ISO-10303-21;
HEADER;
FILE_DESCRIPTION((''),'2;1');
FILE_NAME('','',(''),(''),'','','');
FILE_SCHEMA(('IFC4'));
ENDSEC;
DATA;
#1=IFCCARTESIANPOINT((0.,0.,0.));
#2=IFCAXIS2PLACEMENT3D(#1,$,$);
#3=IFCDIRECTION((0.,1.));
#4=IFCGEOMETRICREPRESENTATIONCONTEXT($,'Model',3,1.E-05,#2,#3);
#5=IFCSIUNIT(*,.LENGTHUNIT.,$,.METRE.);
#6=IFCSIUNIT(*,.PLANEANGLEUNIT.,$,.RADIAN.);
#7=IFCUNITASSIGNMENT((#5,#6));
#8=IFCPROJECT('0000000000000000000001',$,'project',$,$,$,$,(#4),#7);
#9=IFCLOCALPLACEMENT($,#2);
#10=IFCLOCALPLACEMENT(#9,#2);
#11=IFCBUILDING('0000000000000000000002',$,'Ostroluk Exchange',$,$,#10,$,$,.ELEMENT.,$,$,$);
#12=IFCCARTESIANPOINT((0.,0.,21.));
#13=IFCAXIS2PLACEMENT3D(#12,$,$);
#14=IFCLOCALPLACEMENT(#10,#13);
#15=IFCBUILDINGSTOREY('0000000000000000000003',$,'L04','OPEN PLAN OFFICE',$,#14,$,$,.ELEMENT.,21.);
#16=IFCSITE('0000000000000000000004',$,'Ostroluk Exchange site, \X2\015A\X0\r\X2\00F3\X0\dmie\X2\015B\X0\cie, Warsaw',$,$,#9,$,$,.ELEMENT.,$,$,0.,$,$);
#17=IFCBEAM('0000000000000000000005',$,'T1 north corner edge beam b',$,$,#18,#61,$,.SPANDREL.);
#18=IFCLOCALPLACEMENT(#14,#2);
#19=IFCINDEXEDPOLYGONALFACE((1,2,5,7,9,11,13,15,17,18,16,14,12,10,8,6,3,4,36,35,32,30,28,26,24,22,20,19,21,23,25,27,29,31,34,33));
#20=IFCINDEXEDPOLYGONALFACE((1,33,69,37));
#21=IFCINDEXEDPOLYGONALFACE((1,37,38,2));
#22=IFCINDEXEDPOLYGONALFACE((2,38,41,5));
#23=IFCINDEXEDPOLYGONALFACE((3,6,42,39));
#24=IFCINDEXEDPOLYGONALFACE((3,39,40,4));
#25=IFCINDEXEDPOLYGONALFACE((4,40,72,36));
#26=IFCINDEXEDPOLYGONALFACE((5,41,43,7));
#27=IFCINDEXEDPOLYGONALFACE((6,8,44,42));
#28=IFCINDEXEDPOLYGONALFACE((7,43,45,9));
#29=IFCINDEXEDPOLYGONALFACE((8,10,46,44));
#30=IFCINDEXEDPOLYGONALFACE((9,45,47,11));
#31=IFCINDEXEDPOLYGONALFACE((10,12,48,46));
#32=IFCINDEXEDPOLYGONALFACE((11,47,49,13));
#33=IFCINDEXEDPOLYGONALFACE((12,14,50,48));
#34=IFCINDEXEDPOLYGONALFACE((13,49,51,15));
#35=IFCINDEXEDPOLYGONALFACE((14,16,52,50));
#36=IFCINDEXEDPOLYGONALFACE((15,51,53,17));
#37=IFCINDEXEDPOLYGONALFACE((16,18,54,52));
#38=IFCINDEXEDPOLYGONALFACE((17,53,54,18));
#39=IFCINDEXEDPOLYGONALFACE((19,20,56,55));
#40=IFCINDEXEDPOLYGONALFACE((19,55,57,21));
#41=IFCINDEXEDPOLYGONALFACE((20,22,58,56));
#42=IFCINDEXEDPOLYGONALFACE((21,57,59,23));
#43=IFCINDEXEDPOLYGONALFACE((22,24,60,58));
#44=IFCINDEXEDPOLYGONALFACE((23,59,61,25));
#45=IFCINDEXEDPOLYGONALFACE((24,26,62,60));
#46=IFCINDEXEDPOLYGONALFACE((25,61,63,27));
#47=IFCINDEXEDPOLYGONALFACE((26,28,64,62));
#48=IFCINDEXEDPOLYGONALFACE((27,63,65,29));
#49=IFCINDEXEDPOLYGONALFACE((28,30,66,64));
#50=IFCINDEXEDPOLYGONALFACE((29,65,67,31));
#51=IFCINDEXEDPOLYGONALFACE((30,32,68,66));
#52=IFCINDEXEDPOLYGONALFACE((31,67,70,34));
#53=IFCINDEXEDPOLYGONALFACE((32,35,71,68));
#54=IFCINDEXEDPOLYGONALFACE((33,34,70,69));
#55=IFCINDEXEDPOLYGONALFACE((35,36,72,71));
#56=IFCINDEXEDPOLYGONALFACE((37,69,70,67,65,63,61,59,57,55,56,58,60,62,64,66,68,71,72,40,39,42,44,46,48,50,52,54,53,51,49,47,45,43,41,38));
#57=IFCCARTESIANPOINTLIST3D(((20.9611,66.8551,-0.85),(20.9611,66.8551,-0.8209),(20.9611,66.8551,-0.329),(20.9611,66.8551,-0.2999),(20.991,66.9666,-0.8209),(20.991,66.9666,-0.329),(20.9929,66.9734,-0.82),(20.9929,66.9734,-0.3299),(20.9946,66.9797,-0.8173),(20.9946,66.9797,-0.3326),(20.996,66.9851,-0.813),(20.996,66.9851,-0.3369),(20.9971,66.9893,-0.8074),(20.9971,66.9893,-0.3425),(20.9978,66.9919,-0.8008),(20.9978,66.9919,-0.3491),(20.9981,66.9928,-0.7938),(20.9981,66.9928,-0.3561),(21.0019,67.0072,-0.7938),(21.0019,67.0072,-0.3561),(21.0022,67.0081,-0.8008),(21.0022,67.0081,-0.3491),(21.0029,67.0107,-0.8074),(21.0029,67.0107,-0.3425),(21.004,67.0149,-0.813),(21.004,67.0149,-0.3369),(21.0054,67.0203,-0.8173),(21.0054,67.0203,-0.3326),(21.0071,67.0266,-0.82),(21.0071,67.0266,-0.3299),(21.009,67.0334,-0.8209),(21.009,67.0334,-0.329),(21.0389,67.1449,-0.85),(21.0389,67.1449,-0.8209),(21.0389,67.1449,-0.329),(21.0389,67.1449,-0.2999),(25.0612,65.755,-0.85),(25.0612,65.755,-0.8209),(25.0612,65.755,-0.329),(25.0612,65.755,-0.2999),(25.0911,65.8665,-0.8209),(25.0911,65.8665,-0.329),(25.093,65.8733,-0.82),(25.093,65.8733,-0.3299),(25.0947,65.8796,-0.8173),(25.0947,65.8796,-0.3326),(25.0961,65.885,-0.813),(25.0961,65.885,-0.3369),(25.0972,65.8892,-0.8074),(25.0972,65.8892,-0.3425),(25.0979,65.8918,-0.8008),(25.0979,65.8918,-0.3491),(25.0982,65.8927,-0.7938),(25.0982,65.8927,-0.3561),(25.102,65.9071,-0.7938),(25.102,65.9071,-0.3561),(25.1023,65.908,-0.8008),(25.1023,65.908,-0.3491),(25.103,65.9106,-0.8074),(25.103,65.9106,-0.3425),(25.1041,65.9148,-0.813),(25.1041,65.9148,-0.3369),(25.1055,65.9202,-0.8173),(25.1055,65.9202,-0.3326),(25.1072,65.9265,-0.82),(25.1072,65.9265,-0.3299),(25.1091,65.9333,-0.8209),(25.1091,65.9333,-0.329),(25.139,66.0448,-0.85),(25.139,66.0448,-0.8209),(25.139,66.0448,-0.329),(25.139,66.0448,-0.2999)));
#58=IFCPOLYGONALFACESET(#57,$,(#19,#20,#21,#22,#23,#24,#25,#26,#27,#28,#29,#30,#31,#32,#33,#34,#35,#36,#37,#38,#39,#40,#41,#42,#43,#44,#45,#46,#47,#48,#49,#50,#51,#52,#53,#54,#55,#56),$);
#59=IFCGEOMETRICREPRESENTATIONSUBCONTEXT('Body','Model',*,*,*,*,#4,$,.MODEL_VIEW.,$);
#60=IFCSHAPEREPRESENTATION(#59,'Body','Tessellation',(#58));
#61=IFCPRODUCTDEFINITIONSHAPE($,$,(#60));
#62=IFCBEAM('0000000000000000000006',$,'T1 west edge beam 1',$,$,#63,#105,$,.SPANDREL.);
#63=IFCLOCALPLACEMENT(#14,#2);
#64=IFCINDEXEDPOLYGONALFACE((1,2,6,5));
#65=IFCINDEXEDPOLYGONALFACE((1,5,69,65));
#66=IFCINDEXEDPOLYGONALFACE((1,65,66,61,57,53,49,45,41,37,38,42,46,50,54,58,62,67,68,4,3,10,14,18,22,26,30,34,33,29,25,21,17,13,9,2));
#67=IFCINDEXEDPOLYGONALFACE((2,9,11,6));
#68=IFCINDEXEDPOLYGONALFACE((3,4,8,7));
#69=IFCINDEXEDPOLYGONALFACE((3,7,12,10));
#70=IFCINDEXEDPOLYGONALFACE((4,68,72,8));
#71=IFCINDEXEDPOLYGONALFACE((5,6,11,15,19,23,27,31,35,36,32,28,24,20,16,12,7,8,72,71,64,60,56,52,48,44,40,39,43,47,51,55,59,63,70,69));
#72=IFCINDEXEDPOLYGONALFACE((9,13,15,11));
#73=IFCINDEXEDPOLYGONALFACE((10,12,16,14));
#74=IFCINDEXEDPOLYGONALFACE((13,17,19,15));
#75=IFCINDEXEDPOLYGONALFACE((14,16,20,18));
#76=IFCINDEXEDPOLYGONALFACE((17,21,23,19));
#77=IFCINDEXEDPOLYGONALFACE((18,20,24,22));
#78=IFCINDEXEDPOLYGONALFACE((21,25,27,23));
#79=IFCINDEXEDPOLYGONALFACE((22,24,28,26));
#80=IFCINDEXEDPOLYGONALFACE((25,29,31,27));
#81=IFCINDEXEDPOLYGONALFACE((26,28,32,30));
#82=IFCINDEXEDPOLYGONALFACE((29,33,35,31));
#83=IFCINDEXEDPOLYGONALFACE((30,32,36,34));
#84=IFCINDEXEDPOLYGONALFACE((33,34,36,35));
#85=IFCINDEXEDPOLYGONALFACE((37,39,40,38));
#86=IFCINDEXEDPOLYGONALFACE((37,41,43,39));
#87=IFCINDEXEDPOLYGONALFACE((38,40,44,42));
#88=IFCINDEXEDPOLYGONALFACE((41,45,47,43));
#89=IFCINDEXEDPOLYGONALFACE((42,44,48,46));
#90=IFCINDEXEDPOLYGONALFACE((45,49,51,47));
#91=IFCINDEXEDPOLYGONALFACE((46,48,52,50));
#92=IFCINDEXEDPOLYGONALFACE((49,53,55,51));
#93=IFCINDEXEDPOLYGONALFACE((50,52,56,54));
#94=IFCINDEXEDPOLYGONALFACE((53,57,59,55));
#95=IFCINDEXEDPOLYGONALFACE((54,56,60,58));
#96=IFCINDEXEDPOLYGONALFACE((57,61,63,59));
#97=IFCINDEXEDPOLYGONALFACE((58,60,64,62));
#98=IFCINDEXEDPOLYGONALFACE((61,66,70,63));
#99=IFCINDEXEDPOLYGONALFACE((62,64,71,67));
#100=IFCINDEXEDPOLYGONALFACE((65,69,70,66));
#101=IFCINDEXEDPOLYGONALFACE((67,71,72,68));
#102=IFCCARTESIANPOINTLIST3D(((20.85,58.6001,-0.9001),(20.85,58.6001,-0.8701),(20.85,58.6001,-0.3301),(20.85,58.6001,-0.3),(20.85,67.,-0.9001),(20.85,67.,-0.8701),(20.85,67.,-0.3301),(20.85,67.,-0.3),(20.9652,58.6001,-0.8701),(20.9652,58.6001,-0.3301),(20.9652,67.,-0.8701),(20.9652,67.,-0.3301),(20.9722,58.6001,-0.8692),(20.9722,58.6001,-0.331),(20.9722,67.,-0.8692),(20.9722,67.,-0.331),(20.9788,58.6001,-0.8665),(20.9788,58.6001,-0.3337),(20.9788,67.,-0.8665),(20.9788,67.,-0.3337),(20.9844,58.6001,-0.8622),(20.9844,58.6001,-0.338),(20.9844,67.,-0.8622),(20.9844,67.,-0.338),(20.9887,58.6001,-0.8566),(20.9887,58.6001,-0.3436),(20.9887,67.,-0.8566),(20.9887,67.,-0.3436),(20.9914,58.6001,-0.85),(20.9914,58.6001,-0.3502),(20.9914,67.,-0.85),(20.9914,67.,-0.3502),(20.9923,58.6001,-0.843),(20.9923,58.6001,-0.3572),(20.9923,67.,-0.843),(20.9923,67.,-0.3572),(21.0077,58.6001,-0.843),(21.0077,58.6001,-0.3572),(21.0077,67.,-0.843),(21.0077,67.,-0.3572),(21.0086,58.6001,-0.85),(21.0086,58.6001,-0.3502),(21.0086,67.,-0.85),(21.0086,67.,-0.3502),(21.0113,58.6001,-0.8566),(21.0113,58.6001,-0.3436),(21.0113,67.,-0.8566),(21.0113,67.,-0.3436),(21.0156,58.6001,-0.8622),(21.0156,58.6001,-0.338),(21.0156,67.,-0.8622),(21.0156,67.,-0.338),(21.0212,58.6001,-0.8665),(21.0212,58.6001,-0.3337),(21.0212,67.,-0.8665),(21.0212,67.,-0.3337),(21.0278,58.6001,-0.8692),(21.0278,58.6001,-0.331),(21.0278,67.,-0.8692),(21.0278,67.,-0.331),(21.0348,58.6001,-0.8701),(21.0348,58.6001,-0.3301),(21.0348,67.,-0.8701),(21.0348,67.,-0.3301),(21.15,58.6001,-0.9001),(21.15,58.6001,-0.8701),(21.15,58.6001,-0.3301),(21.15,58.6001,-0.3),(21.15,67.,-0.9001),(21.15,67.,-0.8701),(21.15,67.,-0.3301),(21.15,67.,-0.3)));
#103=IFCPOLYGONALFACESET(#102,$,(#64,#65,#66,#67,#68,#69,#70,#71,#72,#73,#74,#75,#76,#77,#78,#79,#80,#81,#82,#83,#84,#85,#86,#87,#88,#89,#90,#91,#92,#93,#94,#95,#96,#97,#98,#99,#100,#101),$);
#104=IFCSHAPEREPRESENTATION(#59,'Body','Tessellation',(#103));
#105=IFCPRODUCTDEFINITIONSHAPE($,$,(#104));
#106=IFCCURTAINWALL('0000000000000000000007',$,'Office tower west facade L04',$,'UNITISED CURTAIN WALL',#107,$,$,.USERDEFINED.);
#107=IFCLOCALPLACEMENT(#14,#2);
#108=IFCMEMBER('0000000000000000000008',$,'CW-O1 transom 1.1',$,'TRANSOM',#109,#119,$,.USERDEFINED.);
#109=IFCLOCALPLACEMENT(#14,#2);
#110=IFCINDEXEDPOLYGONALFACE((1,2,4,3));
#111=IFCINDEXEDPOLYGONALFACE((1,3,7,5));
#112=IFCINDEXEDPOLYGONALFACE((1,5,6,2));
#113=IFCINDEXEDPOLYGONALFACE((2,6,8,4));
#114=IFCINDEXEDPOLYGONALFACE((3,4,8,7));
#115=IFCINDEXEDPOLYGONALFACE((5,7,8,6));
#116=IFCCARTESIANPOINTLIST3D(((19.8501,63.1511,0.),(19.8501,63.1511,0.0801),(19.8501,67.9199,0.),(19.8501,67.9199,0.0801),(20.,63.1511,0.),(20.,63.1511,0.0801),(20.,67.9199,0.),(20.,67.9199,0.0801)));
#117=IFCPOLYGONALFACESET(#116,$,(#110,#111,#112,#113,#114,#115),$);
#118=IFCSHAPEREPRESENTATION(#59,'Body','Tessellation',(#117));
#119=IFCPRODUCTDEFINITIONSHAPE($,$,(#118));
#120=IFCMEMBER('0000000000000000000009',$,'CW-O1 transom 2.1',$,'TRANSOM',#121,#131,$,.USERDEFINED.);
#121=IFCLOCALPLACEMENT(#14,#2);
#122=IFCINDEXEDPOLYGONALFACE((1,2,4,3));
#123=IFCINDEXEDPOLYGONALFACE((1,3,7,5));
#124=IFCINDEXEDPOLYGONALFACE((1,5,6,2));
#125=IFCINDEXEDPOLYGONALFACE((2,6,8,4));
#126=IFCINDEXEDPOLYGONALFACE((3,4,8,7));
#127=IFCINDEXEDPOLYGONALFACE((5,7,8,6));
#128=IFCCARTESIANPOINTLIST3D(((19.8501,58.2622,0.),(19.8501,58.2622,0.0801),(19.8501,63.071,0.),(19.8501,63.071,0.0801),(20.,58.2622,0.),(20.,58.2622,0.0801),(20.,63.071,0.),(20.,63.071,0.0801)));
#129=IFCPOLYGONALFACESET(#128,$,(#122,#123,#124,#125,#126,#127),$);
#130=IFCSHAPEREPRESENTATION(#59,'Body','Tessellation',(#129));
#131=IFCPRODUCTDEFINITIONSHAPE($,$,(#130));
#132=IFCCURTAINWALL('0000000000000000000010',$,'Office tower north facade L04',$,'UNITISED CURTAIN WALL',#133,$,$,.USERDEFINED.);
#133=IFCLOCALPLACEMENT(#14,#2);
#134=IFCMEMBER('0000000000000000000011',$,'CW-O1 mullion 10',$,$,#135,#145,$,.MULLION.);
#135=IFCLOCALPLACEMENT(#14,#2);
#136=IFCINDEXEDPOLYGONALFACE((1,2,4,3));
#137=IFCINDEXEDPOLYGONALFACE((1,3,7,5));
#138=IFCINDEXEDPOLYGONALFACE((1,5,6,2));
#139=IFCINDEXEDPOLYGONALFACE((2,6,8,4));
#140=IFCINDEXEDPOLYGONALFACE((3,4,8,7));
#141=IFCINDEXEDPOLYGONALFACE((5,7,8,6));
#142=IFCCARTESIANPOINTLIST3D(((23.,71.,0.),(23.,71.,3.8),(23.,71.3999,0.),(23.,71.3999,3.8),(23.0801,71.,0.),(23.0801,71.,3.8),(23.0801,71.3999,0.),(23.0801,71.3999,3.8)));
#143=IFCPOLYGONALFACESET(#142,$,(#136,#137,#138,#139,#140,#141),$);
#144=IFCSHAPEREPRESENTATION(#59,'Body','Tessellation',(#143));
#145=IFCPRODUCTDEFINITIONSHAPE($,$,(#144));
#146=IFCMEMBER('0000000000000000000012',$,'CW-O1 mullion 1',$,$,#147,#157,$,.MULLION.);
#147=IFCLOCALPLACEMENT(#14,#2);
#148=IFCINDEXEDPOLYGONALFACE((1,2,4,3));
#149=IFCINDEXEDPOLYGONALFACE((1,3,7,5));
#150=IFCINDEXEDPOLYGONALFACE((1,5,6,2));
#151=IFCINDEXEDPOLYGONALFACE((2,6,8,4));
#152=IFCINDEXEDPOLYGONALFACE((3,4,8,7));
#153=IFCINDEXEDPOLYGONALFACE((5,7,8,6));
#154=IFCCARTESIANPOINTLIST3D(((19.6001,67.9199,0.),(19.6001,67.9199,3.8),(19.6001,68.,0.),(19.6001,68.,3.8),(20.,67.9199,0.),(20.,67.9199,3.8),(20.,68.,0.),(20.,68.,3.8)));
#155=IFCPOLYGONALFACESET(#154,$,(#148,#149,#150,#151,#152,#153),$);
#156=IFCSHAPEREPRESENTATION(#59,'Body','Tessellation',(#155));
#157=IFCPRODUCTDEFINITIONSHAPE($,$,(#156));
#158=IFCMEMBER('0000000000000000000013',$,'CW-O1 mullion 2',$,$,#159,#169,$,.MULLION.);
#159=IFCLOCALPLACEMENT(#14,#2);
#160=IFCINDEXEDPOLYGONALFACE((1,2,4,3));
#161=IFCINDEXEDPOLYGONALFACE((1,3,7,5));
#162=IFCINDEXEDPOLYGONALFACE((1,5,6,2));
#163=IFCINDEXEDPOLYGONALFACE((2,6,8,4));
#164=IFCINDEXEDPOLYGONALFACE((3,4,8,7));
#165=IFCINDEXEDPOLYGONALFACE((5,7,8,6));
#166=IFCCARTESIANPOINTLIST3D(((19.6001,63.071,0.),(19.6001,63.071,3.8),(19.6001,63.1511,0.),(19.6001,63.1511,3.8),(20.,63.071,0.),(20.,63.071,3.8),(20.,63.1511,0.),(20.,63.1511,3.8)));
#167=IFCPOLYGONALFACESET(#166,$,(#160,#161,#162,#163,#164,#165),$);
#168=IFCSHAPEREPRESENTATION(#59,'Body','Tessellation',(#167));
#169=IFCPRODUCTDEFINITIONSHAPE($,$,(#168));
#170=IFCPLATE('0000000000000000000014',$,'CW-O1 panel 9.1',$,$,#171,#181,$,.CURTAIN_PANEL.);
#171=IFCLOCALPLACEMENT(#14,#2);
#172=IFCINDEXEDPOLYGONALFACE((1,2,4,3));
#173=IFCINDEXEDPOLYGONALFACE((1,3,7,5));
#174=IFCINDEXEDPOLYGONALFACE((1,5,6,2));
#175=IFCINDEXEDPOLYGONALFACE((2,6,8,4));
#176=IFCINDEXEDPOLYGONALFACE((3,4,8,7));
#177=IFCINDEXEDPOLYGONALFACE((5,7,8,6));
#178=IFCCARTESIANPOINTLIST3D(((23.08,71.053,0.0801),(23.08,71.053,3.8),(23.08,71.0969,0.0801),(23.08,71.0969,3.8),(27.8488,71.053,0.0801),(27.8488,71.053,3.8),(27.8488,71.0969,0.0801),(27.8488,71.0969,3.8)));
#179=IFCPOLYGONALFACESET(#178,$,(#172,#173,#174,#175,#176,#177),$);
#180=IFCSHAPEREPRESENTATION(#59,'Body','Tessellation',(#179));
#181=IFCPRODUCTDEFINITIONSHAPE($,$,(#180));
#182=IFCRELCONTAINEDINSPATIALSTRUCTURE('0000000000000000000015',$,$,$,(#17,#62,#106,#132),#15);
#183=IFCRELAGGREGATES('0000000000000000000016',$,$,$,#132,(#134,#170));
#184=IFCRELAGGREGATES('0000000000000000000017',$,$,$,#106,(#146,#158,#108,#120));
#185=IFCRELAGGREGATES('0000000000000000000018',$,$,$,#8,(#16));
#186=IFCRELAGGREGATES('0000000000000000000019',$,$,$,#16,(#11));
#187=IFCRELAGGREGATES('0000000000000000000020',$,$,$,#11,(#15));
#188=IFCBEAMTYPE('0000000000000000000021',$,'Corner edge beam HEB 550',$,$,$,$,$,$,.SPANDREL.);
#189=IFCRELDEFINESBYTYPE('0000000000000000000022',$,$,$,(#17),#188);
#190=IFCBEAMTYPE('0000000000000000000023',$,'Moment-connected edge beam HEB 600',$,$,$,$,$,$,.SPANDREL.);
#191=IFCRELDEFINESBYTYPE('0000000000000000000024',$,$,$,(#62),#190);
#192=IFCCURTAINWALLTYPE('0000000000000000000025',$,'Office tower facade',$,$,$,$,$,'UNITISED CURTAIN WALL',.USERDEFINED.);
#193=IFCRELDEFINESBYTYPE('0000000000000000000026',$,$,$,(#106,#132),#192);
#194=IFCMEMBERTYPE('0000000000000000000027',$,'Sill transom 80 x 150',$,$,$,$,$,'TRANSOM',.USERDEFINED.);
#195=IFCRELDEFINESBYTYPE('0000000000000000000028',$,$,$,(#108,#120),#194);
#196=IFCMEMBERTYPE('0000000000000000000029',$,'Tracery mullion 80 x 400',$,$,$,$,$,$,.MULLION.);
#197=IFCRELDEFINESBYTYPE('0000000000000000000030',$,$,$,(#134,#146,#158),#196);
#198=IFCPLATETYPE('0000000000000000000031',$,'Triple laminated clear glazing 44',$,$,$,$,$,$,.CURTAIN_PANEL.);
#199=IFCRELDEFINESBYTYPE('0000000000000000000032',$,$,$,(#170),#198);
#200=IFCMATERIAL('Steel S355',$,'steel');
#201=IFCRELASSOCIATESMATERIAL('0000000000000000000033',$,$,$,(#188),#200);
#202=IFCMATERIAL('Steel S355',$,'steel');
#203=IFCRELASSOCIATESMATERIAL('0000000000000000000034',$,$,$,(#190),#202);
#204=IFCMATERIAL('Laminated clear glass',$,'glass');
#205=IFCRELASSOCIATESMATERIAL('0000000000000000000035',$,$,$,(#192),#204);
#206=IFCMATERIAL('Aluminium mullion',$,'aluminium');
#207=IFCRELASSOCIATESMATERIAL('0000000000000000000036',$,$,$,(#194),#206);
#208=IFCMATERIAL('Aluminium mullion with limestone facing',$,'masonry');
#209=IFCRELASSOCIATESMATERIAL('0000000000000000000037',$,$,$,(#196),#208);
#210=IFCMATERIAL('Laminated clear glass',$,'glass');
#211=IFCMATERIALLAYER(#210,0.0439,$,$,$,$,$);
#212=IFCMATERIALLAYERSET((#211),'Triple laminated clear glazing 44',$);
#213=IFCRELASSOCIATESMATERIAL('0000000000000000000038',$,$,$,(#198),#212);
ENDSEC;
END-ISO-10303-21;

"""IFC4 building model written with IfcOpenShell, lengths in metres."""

from ifc_helpers import new_model, si_unit, direction, frame, origin, origin_2d, place, context, subcontext, project, spatial, rectangle, i_section, extrude, material, layer, layer_set, material_profile, profile_set, type_object, element, aggregate, save


model = new_model("IFC4")

# Units and contexts
model_context = context("Model", 3, precision=1e-05, world=origin(), true_north=direction((0.0, 1.0)))
body_context = subcontext(model_context, "Body", "Model", "MODEL_VIEW")
ifc_project = project(units=[si_unit("LENGTHUNIT", "METRE"), si_unit("PLANEANGLEUNIT", "RADIAN")], contexts=[model_context])

# Site, building, storey
site_placement = place(None, origin())
site = spatial("IfcSite", under=ifc_project, at=site_placement, Name="Ostroluk Exchange site, Śródmieście, Warsaw", CompositionType="ELEMENT", RefElevation=0.0)
building_placement = place(site_placement, origin())
building = spatial("IfcBuilding", under=site, at=building_placement, Name="Ostroluk Exchange", CompositionType="ELEMENT")
storey_placement = place(building_placement, frame((0.0, 0.0, 21.0)))
storey = spatial("IfcBuildingStorey", under=building, at=storey_placement, Name="L04", Description="OPEN PLAN OFFICE", CompositionType="ELEMENT", Elevation=21.0)

# Beams
ifc_material_1 = material(Name="Steel S355", Category="steel")
ifc_material_profile_1 = material_profile(ifc_material_1, i_section(OverallWidth=0.3, OverallDepth=0.55, WebThickness=0.0149, FlangeThickness=0.0291, FilletRadius=0.0271, at=origin_2d()), Name="HEB 550")
ifc_profile_set_1 = profile_set([ifc_material_profile_1], Name="Steel S355")
beam_type_1 = type_object("IfcBeamType", Name="Corner edge beam HEB 550", PredefinedType="SPANDREL", material=ifc_profile_set_1)
for number, where, z_axis, x_axis, name in (
    (1, (25.1001, 65.8999, -0.575), (-0.965839, 0.259144, 0.0), (-0.259144, -0.965839, 0.0), "T1 north corner edge beam b"),
):
    element("IfcBeam", number, at=place(storey_placement, frame(where, z_axis=z_axis, x_axis=x_axis)), inside=storey, type_object=beam_type_1, Name=name, PredefinedType="SPANDREL", context=body_context, shape_type="SweptSolid", body=[
        extrude(i_section(OverallWidth=0.3, OverallDepth=0.55, WebThickness=0.0149, FlangeThickness=0.0291, FilletRadius=0.0271, at=origin_2d()), origin(), (0.0, 0.0, 1.0), 4.2451),
    ])
ifc_material_2 = material(Name="Steel S355", Category="steel")
ifc_material_profile_2 = material_profile(ifc_material_2, i_section(OverallWidth=0.3, OverallDepth=0.6001, WebThickness=0.0154, FlangeThickness=0.03, FilletRadius=0.0271, at=origin_2d()), Name="HEB 600")
ifc_profile_set_2 = profile_set([ifc_material_profile_2], Name="Steel S355")
beam_type_2 = type_object("IfcBeamType", Name="Moment-connected edge beam HEB 600", PredefinedType="SPANDREL", material=ifc_profile_set_2)
beam_1_placement = place(storey_placement, frame((21.0, 67.0, -0.6001), z_axis=(0.0, -1.0, 0.0), x_axis=(1.0, 0.0, 0.0)))
element("IfcBeam", 2, at=beam_1_placement, inside=storey, type_object=beam_type_2, Name="T1 west edge beam 1", PredefinedType="SPANDREL", context=body_context, shape_type="SweptSolid", body=[
    extrude(i_section(OverallWidth=0.3, OverallDepth=0.6001, WebThickness=0.0154, FlangeThickness=0.03, FilletRadius=0.0271, at=origin_2d()), origin(), (0.0, 0.0, 1.0), 8.3999),
])

# Curtain wall, members
ifc_material_3 = material(Name="Laminated clear glass", Category="glass")
curtain_wall_type = type_object("IfcCurtainWallType", Name="Office tower facade", ElementType="UNITISED CURTAIN WALL", PredefinedType="USERDEFINED", material=ifc_material_3)
curtain_wall_1_placement = place(storey_placement, origin())
curtain_wall_1 = element("IfcCurtainWall", 3, at=curtain_wall_1_placement, inside=storey, type_object=curtain_wall_type, Name="Office tower west facade L04", ObjectType="UNITISED CURTAIN WALL", PredefinedType="USERDEFINED")
ifc_material_4 = material(Name="Aluminium mullion", Category="aluminium")
ifc_material_profile_3 = material_profile(ifc_material_4, rectangle(XDim=0.1499, YDim=0.0801, at=origin_2d()), Name="Sill transom 80 x 150")
ifc_profile_set_3 = profile_set([ifc_material_profile_3], Name="Aluminium mullion")
member_type_1 = type_object("IfcMemberType", Name="Sill transom 80 x 150", ElementType="TRANSOM", PredefinedType="USERDEFINED", material=ifc_profile_set_3)
member_1_placement = place(storey_placement, frame((19.925, 67.9199, 0.04), z_axis=(0.0, -1.0, 0.0), x_axis=(1.0, 0.0, 0.0)))
member_1 = element("IfcMember", 4, at=member_1_placement, type_object=member_type_1, Name="CW-O1 transom 1.1", ObjectType="TRANSOM", PredefinedType="USERDEFINED", context=body_context, shape_type="SweptSolid", body=[
    extrude(rectangle(XDim=0.1499, YDim=0.0801, at=origin_2d()), origin(), (0.0, 0.0, 1.0), 4.7688),
])
member_2_placement = place(storey_placement, frame((19.925, 63.071, 0.04), z_axis=(0.0, -1.0, 0.0), x_axis=(1.0, 0.0, 0.0)))
member_2 = element("IfcMember", 5, at=member_2_placement, type_object=member_type_1, Name="CW-O1 transom 2.1", ObjectType="TRANSOM", PredefinedType="USERDEFINED", context=body_context, shape_type="SweptSolid", body=[
    extrude(rectangle(XDim=0.1499, YDim=0.0801, at=origin_2d()), origin(), (0.0, 0.0, 1.0), 4.8088),
])

# Curtain wall, member
curtain_wall_2_placement = place(storey_placement, origin())
curtain_wall_2 = element("IfcCurtainWall", 6, at=curtain_wall_2_placement, inside=storey, type_object=curtain_wall_type, Name="Office tower north facade L04", ObjectType="UNITISED CURTAIN WALL", PredefinedType="USERDEFINED")
ifc_material_5 = material(Name="Aluminium mullion with limestone facing", Category="masonry")
ifc_material_profile_4 = material_profile(ifc_material_5, rectangle(XDim=0.3999, YDim=0.0801, at=origin_2d()), Name="Tracery mullion 80 x 400")
ifc_profile_set_4 = profile_set([ifc_material_profile_4], Name="Aluminium mullion with limestone facing")
member_type_2 = type_object("IfcMemberType", Name="Tracery mullion 80 x 400", PredefinedType="MULLION", material=ifc_profile_set_4)
member_3_placement = place(storey_placement, frame((23.04, 71.2, 0.0), z_axis=(0.0, 0.0, 1.0), x_axis=(0.0, -1.0, 0.0)))
member_3 = element("IfcMember", 7, at=member_3_placement, type_object=member_type_2, Name="CW-O1 mullion 10", PredefinedType="MULLION", context=body_context, shape_type="SweptSolid", body=[
    extrude(rectangle(XDim=0.3999, YDim=0.0801, at=origin_2d()), origin(), (0.0, 0.0, 1.0), 3.8),
])

# Members
member_4_placement = place(storey_placement, frame((19.8, 67.96, 0.0), z_axis=(0.0, 0.0, 1.0), x_axis=(1.0, 0.0, 0.0)))
member_4 = element("IfcMember", 8, at=member_4_placement, type_object=member_type_2, Name="CW-O1 mullion 1", PredefinedType="MULLION", context=body_context, shape_type="SweptSolid", body=[
    extrude(rectangle(XDim=0.3999, YDim=0.0801, at=origin_2d()), origin(), (0.0, 0.0, 1.0), 3.8),
])
member_5_placement = place(storey_placement, frame((19.8, 63.1111, 0.0), z_axis=(0.0, 0.0, 1.0), x_axis=(1.0, 0.0, 0.0)))
member_5 = element("IfcMember", 9, at=member_5_placement, type_object=member_type_2, Name="CW-O1 mullion 2", PredefinedType="MULLION", context=body_context, shape_type="SweptSolid", body=[
    extrude(rectangle(XDim=0.3999, YDim=0.0801, at=origin_2d()), origin(), (0.0, 0.0, 1.0), 3.8),
])

# Plate
ifc_material_6 = material(Name="Laminated clear glass", Category="glass")
ifc_layer_1 = layer(ifc_material_6, 0.0439)
ifc_layer_set_1 = layer_set([ifc_layer_1], Name="Triple laminated clear glazing 44")
plate_type = type_object("IfcPlateType", Name="Triple laminated clear glazing 44", PredefinedType="CURTAIN_PANEL", material=ifc_layer_set_1)
plate_1_placement = place(storey_placement, frame((25.4644, 71.075, 0.0801), z_axis=(0.0, 0.0, 1.0), x_axis=(-1.0, 0.0, 0.0)))
plate_1 = element("IfcPlate", 10, at=plate_1_placement, type_object=plate_type, Name="CW-O1 panel 9.1", PredefinedType="CURTAIN_PANEL", context=body_context, shape_type="SweptSolid", body=[
    extrude(rectangle(XDim=4.7688, YDim=0.0439, at=origin_2d()), origin(), (0.0, 0.0, 1.0), 3.72),
])
aggregate(curtain_wall_2, [member_3, plate_1])
aggregate(curtain_wall_1, [member_4, member_5, member_1, member_2])

save(model, "model.ifc")
